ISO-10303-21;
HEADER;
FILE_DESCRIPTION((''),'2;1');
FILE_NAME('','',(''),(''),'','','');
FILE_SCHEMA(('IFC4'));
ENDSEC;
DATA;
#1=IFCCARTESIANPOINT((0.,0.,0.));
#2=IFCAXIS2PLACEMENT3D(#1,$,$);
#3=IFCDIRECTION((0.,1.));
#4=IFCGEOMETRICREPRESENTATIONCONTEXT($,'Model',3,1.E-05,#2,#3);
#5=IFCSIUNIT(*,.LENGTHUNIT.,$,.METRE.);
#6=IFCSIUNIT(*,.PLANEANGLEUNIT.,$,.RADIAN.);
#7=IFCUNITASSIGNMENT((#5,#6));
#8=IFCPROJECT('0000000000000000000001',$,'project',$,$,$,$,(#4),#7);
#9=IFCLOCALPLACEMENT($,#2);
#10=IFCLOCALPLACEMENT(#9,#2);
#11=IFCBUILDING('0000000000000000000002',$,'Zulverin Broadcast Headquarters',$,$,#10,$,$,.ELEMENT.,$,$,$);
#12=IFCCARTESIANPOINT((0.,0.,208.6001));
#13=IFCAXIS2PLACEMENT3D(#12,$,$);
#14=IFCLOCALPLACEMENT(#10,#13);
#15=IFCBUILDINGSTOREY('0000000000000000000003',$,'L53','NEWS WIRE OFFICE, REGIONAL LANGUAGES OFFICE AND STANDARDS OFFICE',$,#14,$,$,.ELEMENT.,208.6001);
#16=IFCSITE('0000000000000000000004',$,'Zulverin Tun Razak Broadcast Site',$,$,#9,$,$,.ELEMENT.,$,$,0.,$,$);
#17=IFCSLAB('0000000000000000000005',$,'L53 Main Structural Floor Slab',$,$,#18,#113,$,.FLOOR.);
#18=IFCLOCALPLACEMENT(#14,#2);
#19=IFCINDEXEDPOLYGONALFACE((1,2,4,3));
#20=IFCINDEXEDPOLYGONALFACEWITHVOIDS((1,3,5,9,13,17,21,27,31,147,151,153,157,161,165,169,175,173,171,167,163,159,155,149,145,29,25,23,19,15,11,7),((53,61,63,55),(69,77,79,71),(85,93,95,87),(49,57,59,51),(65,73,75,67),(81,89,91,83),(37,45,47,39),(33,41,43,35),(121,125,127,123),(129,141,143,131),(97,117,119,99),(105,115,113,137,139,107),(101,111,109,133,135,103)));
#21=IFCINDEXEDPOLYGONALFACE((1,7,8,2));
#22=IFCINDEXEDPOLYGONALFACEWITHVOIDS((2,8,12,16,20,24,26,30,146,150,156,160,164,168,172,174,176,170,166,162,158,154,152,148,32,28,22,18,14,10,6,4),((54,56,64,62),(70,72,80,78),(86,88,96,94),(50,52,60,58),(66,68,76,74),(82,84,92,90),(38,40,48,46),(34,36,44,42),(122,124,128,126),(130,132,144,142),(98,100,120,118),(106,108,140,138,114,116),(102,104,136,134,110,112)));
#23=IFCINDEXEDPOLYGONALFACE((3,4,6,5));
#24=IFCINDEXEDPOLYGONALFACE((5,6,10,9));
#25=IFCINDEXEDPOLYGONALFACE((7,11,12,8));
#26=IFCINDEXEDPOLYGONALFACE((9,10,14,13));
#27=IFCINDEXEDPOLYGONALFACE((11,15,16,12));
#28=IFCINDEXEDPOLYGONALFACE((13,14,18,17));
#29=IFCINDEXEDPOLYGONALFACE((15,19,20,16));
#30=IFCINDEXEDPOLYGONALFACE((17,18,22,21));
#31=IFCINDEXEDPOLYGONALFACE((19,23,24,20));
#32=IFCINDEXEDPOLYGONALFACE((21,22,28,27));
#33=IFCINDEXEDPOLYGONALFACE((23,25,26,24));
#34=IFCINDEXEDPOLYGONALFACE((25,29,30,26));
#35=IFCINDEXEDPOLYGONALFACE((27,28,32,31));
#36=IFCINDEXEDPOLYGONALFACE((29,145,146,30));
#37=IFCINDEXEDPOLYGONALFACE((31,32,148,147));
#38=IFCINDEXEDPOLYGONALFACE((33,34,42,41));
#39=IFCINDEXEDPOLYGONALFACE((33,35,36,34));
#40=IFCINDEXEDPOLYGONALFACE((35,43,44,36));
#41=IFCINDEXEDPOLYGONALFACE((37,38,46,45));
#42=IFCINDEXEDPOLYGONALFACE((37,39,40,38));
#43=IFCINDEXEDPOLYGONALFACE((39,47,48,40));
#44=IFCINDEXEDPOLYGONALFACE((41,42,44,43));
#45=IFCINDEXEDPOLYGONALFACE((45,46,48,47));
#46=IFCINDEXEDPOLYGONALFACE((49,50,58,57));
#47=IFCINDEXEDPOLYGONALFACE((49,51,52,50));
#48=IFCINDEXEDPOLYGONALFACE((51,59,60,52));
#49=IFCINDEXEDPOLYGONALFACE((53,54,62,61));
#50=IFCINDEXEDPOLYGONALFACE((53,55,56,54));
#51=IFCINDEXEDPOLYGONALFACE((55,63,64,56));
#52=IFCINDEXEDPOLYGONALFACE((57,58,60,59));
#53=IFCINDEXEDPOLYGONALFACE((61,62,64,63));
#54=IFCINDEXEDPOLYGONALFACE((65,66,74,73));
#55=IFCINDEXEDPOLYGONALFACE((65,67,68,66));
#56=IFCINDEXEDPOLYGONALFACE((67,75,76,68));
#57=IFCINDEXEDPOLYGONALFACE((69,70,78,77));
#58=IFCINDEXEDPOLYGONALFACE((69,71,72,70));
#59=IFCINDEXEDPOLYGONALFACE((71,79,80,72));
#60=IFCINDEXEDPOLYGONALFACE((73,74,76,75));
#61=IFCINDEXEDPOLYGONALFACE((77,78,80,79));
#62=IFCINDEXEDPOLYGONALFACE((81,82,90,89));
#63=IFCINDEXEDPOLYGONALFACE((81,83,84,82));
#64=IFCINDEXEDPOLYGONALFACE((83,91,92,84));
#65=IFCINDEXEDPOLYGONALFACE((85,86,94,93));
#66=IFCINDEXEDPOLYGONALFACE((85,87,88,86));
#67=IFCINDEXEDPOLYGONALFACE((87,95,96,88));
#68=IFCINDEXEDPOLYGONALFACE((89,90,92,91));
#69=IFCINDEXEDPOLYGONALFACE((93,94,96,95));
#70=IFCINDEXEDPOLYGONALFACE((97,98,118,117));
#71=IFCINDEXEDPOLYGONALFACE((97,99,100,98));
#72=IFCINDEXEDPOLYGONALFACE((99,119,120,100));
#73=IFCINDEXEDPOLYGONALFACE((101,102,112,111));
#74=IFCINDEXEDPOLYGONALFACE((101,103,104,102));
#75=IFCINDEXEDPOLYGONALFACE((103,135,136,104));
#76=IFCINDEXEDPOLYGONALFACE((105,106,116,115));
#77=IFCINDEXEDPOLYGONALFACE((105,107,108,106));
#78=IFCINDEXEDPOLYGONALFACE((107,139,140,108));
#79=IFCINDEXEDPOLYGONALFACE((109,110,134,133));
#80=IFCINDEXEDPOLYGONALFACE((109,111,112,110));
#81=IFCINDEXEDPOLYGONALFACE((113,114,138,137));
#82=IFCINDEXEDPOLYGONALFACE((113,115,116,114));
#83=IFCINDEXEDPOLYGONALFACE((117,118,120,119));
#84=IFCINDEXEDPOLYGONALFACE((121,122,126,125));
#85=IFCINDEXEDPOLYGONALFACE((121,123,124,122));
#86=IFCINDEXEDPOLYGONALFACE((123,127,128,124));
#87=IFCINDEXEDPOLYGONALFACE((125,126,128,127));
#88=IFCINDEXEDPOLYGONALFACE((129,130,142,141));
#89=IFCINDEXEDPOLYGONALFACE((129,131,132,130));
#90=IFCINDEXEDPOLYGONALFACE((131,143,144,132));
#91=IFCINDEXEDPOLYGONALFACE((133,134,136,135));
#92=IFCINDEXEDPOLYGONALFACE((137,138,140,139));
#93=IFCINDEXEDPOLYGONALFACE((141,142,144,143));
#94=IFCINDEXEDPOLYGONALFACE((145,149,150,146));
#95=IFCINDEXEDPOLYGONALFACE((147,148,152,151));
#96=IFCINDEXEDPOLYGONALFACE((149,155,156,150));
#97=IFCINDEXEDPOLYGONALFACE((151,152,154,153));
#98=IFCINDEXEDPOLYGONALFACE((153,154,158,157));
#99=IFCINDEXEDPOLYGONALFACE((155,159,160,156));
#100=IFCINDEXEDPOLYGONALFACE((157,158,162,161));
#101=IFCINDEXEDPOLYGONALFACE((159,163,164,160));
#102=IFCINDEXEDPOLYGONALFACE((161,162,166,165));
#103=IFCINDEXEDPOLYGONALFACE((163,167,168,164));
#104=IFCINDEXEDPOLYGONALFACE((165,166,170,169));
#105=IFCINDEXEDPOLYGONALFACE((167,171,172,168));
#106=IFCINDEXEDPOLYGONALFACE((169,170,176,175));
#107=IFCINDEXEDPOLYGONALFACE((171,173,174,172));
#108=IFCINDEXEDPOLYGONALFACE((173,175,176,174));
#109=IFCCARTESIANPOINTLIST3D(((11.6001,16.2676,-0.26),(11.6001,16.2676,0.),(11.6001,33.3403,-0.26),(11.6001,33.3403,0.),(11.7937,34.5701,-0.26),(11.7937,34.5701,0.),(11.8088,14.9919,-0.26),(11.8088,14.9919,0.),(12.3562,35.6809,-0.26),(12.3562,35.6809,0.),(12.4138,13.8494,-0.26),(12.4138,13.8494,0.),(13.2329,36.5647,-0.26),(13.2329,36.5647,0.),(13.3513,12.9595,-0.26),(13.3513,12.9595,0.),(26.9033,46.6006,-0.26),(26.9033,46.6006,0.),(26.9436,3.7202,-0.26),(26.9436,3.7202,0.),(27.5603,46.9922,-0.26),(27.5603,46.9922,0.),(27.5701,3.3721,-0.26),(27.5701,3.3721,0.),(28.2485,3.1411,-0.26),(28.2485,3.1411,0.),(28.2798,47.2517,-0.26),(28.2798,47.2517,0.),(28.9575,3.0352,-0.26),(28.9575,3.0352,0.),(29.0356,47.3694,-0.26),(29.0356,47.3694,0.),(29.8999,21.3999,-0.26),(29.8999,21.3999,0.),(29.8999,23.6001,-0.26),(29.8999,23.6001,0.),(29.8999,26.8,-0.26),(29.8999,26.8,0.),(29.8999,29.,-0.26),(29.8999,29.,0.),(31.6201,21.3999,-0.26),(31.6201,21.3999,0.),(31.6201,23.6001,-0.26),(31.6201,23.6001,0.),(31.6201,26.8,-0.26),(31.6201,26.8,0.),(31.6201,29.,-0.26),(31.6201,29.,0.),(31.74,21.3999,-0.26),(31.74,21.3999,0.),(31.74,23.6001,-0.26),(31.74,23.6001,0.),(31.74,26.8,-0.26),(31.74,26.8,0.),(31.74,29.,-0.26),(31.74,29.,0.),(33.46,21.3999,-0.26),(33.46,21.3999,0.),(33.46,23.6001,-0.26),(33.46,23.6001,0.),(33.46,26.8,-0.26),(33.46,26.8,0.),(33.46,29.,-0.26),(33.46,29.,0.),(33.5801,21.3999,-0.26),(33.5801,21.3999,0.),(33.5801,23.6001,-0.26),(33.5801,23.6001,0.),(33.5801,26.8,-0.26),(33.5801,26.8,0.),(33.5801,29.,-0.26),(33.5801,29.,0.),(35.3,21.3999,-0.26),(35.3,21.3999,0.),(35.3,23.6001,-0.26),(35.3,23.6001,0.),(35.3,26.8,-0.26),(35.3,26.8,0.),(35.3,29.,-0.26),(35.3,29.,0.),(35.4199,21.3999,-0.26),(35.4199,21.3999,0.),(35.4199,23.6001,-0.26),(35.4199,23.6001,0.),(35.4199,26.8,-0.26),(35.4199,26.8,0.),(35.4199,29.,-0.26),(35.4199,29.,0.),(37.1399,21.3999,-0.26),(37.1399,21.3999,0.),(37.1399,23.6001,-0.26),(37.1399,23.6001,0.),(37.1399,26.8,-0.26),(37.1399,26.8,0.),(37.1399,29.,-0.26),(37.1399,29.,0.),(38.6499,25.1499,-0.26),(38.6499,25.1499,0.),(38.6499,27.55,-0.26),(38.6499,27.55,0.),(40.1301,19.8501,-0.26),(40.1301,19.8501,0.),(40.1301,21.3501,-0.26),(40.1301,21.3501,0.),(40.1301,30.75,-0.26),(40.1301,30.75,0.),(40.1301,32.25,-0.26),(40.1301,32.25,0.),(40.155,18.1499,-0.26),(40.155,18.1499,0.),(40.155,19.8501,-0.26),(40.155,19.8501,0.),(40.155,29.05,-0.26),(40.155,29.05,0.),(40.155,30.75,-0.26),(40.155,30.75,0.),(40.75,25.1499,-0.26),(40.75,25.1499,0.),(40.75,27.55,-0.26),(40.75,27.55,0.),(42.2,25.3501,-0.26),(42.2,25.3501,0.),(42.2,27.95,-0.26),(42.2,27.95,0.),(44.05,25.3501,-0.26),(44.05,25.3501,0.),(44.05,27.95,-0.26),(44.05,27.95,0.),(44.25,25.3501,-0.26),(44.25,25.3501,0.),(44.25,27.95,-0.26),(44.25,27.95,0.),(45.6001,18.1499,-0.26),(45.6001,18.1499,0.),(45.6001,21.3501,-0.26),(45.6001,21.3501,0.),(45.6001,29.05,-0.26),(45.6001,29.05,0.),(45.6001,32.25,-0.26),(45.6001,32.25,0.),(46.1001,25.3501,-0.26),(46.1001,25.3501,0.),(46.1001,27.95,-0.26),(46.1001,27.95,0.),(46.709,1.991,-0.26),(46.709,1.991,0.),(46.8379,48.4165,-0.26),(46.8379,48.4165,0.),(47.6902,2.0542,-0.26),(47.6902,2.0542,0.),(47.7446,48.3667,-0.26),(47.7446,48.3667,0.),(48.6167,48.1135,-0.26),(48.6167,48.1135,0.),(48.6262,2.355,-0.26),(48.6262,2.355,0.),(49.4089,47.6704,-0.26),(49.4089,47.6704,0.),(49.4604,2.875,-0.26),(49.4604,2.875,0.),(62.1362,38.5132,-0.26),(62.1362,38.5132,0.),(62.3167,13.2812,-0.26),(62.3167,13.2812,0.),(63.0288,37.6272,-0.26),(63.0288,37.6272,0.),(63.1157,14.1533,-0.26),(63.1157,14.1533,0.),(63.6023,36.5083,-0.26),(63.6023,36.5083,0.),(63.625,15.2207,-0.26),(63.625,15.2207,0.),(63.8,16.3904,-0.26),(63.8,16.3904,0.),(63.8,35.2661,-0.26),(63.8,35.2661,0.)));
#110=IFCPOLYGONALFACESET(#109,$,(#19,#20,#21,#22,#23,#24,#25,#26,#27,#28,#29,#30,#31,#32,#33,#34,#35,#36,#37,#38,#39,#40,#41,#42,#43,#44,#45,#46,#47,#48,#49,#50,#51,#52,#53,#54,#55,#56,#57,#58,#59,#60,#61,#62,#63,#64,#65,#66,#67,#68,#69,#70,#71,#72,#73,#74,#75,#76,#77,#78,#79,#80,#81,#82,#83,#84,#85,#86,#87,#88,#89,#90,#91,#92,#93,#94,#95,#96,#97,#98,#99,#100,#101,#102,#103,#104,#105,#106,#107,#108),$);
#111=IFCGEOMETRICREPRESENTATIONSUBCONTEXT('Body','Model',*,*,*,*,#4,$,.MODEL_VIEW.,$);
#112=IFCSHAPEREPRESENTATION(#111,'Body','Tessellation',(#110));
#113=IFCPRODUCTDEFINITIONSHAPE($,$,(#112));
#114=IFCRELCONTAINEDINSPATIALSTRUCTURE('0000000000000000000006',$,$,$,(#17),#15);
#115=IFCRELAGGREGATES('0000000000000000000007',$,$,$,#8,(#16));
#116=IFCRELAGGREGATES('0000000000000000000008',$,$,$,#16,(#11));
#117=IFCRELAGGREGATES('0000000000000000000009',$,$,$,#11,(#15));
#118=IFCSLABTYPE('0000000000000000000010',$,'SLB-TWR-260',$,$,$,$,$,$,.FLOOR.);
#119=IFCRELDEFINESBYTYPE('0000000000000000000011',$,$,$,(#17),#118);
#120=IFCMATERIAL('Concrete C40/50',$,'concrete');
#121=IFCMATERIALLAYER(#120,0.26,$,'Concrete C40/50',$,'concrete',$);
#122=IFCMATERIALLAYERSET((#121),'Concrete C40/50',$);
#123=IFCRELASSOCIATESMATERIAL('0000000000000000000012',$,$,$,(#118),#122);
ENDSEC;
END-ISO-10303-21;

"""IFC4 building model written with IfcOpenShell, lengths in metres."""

from ifc_helpers import new_model, si_unit, direction, frame, origin, place, context, subcontext, project, spatial, polyline, outline, extrude, material, layer, layer_set, type_object, element, save


model = new_model("IFC4")

# Units and contexts
model_context = context("Model", 3, precision=1e-05, world=origin(), true_north=direction((0.0, 1.0)))
body_context = subcontext(model_context, "Body", "Model", "MODEL_VIEW")
ifc_project = project(units=[si_unit("LENGTHUNIT", "METRE"), si_unit("PLANEANGLEUNIT", "RADIAN")], contexts=[model_context])

# Site, building, storey
site_placement = place(None, origin())
site = spatial("IfcSite", under=ifc_project, at=site_placement, Name="Zulverin Tun Razak Broadcast Site", CompositionType="ELEMENT", RefElevation=0.0)
building_placement = place(site_placement, origin())
building = spatial("IfcBuilding", under=site, at=building_placement, Name="Zulverin Broadcast Headquarters", CompositionType="ELEMENT")
storey_placement = place(building_placement, frame((0.0, 0.0, 208.6001)))
storey = spatial("IfcBuildingStorey", under=building, at=storey_placement, Name="L53", Description="NEWS WIRE OFFICE, REGIONAL LANGUAGES OFFICE AND STANDARDS OFFICE", CompositionType="ELEMENT", Elevation=208.6001)

# Shared definitions
ifc_material_1 = material(Name="Concrete C40/50", Category="concrete")

# Slab
ifc_layer_1 = layer(ifc_material_1, 0.26, Name="Concrete C40/50", Category="concrete")
ifc_layer_set_1 = layer_set([ifc_layer_1], Name="Concrete C40/50")
slab_type_1 = type_object("IfcSlabType", Name="SLB-TWR-260", PredefinedType="FLOOR", material=ifc_layer_set_1)
slab_1_placement = place(storey_placement, frame((0.0, 0.0, -0.26)))
element("IfcSlab", 1, at=slab_1_placement, inside=storey, type_object=slab_type_1, Name="L53 Main Structural Floor Slab", PredefinedType="FLOOR", context=body_context, shape_type="SweptSolid", body=[
    extrude(outline(polyline([(26.9436, 3.7202), (27.5701, 3.3721), (28.2485, 3.1411), (28.9575, 3.0352), (46.709, 1.991), (47.6902, 2.0542), (48.6262, 2.355), (49.4604, 2.875), (62.3167, 13.2812), (63.1157, 14.1533), (63.625, 15.2207), (63.8, 16.3904), (63.8, 35.2661), (63.6023, 36.5083), (63.0288, 37.6272), (62.1362, 38.5132), (49.4089, 47.6704), (48.6167, 48.1135), (47.7446, 48.3667), (46.8379, 48.4165), (29.0356, 47.3694), (28.2798, 47.2517), (27.5603, 46.9922), (26.9033, 46.6006), (13.2329, 36.5647), (12.3562, 35.6809), (11.7937, 34.5701), (11.6001, 33.3403), (11.6001, 16.2676), (11.8088, 14.9919), (12.4138, 13.8494), (13.3513, 12.9595), (26.9436, 3.7202)]), holes=[polyline([(40.155, 30.75), (40.1301, 30.75), (40.1301, 32.25), (45.6001, 32.25), (45.6001, 29.05), (40.155, 29.05), (40.155, 30.75)]), polyline([(40.155, 19.8501), (40.1301, 19.8501), (40.1301, 21.3501), (45.6001, 21.3501), (45.6001, 18.1499), (40.155, 18.1499), (40.155, 19.8501)]), polyline([(29.8999, 21.3999), (31.6201, 21.3999), (31.6201, 23.6001), (29.8999, 23.6001), (29.8999, 21.3999)]), polyline([(31.74, 21.3999), (33.46, 21.3999), (33.46, 23.6001), (31.74, 23.6001), (31.74, 21.3999)]), polyline([(33.5801, 21.3999), (35.3, 21.3999), (35.3, 23.6001), (33.5801, 23.6001), (33.5801, 21.3999)]), polyline([(35.4199, 21.3999), (37.1399, 21.3999), (37.1399, 23.6001), (35.4199, 23.6001), (35.4199, 21.3999)]), polyline([(29.8999, 26.8), (31.6201, 26.8), (31.6201, 29.0), (29.8999, 29.0), (29.8999, 26.8)]), polyline([(31.74, 26.8), (33.46, 26.8), (33.46, 29.0), (31.74, 29.0), (31.74, 26.8)]), polyline([(33.5801, 26.8), (35.3, 26.8), (35.3, 29.0), (33.5801, 29.0), (33.5801, 26.8)]), polyline([(35.4199, 26.8), (37.1399, 26.8), (37.1399, 29.0), (35.4199, 29.0), (35.4199, 26.8)]), polyline([(42.2, 25.3501), (44.05, 25.3501), (44.05, 27.95), (42.2, 27.95), (42.2, 25.3501)]), polyline([(44.25, 25.3501), (46.1001, 25.3501), (46.1001, 27.95), (44.25, 27.95), (44.25, 25.3501)]), polyline([(38.6499, 25.1499), (40.75, 25.1499), (40.75, 27.55), (38.6499, 27.55), (38.6499, 25.1499)])]), origin(), (0.0, 0.0, 1.0), 0.26),
])

save(model, "model.ifc")
